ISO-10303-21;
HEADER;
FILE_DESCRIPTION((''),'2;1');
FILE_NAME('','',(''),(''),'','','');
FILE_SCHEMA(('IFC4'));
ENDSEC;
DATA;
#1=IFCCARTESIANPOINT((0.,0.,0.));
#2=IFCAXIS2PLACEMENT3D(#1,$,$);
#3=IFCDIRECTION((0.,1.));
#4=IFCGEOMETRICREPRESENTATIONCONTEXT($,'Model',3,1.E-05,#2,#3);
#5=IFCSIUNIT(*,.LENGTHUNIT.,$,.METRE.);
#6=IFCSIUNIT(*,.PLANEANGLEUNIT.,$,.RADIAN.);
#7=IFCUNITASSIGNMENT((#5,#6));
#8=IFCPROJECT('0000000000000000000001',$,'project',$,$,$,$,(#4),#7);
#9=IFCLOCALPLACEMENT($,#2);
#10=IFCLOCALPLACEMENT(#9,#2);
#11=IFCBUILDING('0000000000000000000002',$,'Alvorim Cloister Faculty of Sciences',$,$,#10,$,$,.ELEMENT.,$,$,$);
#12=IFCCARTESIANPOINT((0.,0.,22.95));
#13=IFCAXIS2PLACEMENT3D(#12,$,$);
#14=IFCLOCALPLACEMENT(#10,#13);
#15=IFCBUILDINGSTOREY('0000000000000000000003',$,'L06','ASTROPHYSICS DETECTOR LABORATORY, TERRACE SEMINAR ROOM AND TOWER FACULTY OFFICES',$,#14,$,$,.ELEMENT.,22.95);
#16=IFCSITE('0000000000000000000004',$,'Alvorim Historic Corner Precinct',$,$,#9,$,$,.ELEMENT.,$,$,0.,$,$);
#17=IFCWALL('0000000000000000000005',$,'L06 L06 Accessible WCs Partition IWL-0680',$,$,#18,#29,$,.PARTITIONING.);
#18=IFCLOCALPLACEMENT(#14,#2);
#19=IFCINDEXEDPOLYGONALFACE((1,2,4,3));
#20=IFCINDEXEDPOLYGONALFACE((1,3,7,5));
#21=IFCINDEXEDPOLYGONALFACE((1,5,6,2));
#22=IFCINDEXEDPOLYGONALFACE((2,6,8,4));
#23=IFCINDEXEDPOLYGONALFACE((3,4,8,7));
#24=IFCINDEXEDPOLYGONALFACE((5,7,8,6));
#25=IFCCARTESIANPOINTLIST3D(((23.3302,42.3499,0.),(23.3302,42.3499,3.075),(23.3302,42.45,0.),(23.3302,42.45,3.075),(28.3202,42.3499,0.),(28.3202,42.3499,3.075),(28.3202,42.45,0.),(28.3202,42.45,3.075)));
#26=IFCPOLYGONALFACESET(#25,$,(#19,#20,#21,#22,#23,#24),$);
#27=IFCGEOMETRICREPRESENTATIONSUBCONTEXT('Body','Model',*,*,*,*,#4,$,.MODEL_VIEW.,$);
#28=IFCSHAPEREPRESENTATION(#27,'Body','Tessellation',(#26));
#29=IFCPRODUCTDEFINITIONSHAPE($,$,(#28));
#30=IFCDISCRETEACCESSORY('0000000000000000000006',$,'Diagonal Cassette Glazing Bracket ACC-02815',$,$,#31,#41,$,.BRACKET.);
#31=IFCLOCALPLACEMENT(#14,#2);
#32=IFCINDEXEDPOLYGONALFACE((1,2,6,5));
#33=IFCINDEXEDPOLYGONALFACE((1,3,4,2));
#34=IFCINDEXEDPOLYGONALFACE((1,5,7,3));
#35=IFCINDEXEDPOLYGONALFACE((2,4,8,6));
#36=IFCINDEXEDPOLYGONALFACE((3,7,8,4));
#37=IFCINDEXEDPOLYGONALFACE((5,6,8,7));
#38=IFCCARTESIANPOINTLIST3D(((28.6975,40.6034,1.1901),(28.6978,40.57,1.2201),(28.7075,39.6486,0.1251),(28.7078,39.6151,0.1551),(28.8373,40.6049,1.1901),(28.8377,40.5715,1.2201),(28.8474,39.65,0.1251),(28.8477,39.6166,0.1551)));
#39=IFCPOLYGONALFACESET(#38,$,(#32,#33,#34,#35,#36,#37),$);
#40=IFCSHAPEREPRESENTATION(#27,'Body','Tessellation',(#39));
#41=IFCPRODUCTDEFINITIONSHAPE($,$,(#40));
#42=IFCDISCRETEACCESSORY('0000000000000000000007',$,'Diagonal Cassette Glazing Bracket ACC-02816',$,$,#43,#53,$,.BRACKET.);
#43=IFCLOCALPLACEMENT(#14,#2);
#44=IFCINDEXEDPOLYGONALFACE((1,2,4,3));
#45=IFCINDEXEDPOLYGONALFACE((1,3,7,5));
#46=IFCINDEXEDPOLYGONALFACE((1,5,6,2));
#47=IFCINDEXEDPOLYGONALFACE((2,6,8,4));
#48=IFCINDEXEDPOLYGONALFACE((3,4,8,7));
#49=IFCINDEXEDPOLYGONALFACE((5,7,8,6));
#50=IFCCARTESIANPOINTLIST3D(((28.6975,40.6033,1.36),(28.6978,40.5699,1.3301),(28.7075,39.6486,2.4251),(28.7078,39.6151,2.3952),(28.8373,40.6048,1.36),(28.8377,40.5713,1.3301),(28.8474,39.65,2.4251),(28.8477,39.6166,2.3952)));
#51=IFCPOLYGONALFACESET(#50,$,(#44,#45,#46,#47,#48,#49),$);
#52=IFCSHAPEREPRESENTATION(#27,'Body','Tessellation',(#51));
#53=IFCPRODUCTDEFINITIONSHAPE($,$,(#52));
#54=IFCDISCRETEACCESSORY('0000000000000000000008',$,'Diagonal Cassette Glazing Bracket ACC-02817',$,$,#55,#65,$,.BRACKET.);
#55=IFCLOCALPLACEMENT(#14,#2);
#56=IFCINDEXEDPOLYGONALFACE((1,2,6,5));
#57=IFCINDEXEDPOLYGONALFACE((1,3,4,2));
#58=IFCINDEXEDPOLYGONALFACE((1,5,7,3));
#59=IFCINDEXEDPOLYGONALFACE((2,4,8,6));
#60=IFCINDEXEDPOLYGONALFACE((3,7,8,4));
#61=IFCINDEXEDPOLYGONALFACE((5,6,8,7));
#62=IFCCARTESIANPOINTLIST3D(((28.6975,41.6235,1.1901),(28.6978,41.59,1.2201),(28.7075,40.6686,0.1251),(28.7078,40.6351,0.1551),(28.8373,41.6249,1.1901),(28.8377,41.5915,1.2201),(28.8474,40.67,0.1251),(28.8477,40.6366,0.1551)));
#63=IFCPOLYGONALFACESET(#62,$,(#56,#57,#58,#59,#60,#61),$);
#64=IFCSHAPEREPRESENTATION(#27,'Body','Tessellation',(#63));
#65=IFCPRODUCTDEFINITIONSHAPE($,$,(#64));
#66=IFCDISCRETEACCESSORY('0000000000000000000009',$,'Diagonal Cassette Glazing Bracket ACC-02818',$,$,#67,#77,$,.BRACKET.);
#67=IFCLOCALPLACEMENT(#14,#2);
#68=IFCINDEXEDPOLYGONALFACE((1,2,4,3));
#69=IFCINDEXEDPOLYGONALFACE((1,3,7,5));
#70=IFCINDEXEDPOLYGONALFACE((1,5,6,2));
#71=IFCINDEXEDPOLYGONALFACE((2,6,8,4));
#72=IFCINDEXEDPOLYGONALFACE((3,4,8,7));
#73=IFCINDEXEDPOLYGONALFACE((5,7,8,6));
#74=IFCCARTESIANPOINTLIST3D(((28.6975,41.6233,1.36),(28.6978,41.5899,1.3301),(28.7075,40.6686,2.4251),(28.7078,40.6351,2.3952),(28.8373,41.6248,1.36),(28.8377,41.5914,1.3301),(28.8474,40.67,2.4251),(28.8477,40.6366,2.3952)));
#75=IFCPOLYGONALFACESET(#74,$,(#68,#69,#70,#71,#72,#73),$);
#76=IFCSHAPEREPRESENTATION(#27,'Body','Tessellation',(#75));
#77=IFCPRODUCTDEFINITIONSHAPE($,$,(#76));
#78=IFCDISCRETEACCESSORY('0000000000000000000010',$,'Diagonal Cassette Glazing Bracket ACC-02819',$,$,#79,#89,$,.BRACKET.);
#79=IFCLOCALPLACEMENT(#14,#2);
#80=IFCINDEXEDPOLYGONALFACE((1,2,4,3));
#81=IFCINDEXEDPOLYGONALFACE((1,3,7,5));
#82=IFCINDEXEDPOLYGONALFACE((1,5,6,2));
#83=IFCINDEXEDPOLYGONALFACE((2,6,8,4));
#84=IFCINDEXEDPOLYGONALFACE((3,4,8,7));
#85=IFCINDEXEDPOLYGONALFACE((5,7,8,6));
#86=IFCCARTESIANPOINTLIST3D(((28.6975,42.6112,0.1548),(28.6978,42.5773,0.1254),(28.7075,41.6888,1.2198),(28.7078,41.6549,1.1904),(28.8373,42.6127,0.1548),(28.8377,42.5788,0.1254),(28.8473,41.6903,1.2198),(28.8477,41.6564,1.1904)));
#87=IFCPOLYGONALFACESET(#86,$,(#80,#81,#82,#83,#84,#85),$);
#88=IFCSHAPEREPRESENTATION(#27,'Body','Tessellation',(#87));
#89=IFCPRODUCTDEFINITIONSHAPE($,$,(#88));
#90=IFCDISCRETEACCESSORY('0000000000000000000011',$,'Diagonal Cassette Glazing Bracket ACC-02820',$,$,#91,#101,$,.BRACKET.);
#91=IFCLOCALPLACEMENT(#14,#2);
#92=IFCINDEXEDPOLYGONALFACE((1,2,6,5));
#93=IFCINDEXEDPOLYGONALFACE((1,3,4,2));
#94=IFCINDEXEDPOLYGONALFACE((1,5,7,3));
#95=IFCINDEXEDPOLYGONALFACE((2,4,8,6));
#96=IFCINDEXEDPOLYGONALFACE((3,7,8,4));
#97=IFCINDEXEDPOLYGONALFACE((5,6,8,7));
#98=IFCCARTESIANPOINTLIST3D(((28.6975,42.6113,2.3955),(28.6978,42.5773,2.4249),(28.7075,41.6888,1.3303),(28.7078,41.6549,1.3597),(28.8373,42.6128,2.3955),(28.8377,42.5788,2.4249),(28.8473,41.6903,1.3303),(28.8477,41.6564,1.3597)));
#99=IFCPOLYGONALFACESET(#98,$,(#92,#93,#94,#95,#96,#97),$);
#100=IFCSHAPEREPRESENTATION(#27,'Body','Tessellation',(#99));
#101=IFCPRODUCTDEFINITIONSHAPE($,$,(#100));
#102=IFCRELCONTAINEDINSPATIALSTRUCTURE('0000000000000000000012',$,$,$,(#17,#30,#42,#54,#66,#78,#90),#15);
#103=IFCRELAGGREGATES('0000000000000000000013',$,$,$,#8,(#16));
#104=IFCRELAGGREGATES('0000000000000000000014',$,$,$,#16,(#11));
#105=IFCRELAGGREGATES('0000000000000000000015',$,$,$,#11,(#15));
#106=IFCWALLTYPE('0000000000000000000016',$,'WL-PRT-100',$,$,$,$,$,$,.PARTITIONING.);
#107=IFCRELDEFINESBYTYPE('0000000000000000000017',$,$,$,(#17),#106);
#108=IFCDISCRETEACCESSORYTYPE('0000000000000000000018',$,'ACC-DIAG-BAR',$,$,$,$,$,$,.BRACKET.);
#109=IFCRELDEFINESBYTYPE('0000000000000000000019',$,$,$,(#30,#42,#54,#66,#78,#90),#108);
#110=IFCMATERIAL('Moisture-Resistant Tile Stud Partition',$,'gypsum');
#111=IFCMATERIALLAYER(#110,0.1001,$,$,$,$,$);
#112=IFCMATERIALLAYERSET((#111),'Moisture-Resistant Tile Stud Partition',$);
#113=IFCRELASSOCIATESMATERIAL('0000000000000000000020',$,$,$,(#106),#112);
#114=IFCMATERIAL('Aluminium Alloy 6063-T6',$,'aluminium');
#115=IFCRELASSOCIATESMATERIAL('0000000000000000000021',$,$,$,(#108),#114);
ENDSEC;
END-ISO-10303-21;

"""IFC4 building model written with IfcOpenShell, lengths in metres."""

from ifc_helpers import new_model, si_unit, direction, frame, frame_2d, origin, origin_2d, place, context, subcontext, project, spatial, rectangle, extrude, material, layer, layer_set, type_object, element, save


model = new_model("IFC4")

# Units and contexts
model_context = context("Model", 3, precision=1e-05, world=origin(), true_north=direction((0.0, 1.0)))
body_context = subcontext(model_context, "Body", "Model", "MODEL_VIEW")
ifc_project = project(units=[si_unit("LENGTHUNIT", "METRE"), si_unit("PLANEANGLEUNIT", "RADIAN")], contexts=[model_context])

# Site, building, storey
site_placement = place(None, origin())
site = spatial("IfcSite", under=ifc_project, at=site_placement, Name="Alvorim Historic Corner Precinct", CompositionType="ELEMENT", RefElevation=0.0)
building_placement = place(site_placement, origin())
building = spatial("IfcBuilding", under=site, at=building_placement, Name="Alvorim Cloister Faculty of Sciences", CompositionType="ELEMENT")
storey_placement = place(building_placement, frame((0.0, 0.0, 22.95)))
storey = spatial("IfcBuildingStorey", under=building, at=storey_placement, Name="L06", Description="ASTROPHYSICS DETECTOR LABORATORY, TERRACE SEMINAR ROOM AND TOWER FACULTY OFFICES", CompositionType="ELEMENT", Elevation=22.95)

# Shared definitions
ifc_material_1 = material(Name="Aluminium Alloy 6063-T6", Category="aluminium")

# Wall
ifc_material_2 = material(Name="Moisture-Resistant Tile Stud Partition", Category="gypsum")
ifc_layer = layer(ifc_material_2, 0.1001)
ifc_layer_set = layer_set([ifc_layer], Name="Moisture-Resistant Tile Stud Partition")
wall_type = type_object("IfcWallType", Name="WL-PRT-100", PredefinedType="PARTITIONING", material=ifc_layer_set)
wall_placement = place(storey_placement, frame((23.3301, 42.3999, 0.0), z_axis=(0.0, 0.0, 1.0), x_axis=(1.0, 0.0, 0.0)))
element("IfcWall", 1, at=wall_placement, inside=storey, type_object=wall_type, Name="L06 L06 Accessible WCs Partition IWL-0680", PredefinedType="PARTITIONING", context=body_context, shape_type="SweptSolid", body=[
    extrude(rectangle(XDim=4.99, YDim=0.1001, at=frame_2d((2.4951, 0.0))), origin(), (0.0, 0.0, 1.0), 3.075),
])

# Discrete accessories
discrete_accessory_type = type_object("IfcDiscreteAccessoryType", Name="ACC-DIAG-BAR", PredefinedType="BRACKET", material=ifc_material_1)
for number, where, z_axis, x_axis, name in (
    (2, (28.7776, 39.6326, 0.1401), (-0.006998, 0.667552, 0.744531), (-0.999945, -0.010483, 0.0), "Diagonal Cassette Glazing Bracket ACC-02815"),
    (3, (28.7776, 39.6326, 2.4102), (-0.006997, 0.667467, -0.744607), (-0.999945, -0.010483, 0.0), "Diagonal Cassette Glazing Bracket ACC-02816"),
    (4, (28.7776, 40.6526, 0.1401), (-0.006998, 0.667552, 0.744531), (-0.999945, -0.010483, 0.0), "Diagonal Cassette Glazing Bracket ACC-02817"),
    (5, (28.7776, 40.6526, 2.4102), (-0.006997, 0.667467, -0.744607), (-0.999945, -0.010483, 0.0), "Diagonal Cassette Glazing Bracket ACC-02818"),
):
    element("IfcDiscreteAccessory", number, at=place(storey_placement, frame(where, z_axis=z_axis, x_axis=x_axis)), inside=storey, type_object=discrete_accessory_type, Name=name, PredefinedType="BRACKET", context=body_context, shape_type="SweptSolid", body=[
        extrude(rectangle(XDim=0.1399, YDim=0.0449, at=origin_2d()), origin(), (0.0, 0.0, 1.0), 1.4304),
    ])
discrete_accessory_1_placement = place(storey_placement, frame((28.7776, 41.6726, 1.2051), z_axis=(-0.007105, 0.654676, -0.755876), x_axis=(-0.999941, -0.010852, 0.0)))
element("IfcDiscreteAccessory", 6, at=discrete_accessory_1_placement, inside=storey, type_object=discrete_accessory_type, Name="Diagonal Cassette Glazing Bracket ACC-02819", PredefinedType="BRACKET", context=body_context, shape_type="SweptSolid", body=[
    extrude(rectangle(XDim=0.1399, YDim=0.0449, at=origin_2d()), origin(), (0.0, 0.0, 1.0), 1.4089),
])
discrete_accessory_2_placement = place(storey_placement, frame((28.7776, 41.6726, 1.345), z_axis=(-0.007104, 0.654591, 0.75595), x_axis=(-0.999941, -0.010852, 0.0)))
element("IfcDiscreteAccessory", 7, at=discrete_accessory_2_placement, inside=storey, type_object=discrete_accessory_type, Name="Diagonal Cassette Glazing Bracket ACC-02820", PredefinedType="BRACKET", context=body_context, shape_type="SweptSolid", body=[
    extrude(rectangle(XDim=0.1399, YDim=0.0449, at=origin_2d()), origin(), (0.0, 0.0, 1.0), 1.4092),
])

save(model, "model.ifc")
